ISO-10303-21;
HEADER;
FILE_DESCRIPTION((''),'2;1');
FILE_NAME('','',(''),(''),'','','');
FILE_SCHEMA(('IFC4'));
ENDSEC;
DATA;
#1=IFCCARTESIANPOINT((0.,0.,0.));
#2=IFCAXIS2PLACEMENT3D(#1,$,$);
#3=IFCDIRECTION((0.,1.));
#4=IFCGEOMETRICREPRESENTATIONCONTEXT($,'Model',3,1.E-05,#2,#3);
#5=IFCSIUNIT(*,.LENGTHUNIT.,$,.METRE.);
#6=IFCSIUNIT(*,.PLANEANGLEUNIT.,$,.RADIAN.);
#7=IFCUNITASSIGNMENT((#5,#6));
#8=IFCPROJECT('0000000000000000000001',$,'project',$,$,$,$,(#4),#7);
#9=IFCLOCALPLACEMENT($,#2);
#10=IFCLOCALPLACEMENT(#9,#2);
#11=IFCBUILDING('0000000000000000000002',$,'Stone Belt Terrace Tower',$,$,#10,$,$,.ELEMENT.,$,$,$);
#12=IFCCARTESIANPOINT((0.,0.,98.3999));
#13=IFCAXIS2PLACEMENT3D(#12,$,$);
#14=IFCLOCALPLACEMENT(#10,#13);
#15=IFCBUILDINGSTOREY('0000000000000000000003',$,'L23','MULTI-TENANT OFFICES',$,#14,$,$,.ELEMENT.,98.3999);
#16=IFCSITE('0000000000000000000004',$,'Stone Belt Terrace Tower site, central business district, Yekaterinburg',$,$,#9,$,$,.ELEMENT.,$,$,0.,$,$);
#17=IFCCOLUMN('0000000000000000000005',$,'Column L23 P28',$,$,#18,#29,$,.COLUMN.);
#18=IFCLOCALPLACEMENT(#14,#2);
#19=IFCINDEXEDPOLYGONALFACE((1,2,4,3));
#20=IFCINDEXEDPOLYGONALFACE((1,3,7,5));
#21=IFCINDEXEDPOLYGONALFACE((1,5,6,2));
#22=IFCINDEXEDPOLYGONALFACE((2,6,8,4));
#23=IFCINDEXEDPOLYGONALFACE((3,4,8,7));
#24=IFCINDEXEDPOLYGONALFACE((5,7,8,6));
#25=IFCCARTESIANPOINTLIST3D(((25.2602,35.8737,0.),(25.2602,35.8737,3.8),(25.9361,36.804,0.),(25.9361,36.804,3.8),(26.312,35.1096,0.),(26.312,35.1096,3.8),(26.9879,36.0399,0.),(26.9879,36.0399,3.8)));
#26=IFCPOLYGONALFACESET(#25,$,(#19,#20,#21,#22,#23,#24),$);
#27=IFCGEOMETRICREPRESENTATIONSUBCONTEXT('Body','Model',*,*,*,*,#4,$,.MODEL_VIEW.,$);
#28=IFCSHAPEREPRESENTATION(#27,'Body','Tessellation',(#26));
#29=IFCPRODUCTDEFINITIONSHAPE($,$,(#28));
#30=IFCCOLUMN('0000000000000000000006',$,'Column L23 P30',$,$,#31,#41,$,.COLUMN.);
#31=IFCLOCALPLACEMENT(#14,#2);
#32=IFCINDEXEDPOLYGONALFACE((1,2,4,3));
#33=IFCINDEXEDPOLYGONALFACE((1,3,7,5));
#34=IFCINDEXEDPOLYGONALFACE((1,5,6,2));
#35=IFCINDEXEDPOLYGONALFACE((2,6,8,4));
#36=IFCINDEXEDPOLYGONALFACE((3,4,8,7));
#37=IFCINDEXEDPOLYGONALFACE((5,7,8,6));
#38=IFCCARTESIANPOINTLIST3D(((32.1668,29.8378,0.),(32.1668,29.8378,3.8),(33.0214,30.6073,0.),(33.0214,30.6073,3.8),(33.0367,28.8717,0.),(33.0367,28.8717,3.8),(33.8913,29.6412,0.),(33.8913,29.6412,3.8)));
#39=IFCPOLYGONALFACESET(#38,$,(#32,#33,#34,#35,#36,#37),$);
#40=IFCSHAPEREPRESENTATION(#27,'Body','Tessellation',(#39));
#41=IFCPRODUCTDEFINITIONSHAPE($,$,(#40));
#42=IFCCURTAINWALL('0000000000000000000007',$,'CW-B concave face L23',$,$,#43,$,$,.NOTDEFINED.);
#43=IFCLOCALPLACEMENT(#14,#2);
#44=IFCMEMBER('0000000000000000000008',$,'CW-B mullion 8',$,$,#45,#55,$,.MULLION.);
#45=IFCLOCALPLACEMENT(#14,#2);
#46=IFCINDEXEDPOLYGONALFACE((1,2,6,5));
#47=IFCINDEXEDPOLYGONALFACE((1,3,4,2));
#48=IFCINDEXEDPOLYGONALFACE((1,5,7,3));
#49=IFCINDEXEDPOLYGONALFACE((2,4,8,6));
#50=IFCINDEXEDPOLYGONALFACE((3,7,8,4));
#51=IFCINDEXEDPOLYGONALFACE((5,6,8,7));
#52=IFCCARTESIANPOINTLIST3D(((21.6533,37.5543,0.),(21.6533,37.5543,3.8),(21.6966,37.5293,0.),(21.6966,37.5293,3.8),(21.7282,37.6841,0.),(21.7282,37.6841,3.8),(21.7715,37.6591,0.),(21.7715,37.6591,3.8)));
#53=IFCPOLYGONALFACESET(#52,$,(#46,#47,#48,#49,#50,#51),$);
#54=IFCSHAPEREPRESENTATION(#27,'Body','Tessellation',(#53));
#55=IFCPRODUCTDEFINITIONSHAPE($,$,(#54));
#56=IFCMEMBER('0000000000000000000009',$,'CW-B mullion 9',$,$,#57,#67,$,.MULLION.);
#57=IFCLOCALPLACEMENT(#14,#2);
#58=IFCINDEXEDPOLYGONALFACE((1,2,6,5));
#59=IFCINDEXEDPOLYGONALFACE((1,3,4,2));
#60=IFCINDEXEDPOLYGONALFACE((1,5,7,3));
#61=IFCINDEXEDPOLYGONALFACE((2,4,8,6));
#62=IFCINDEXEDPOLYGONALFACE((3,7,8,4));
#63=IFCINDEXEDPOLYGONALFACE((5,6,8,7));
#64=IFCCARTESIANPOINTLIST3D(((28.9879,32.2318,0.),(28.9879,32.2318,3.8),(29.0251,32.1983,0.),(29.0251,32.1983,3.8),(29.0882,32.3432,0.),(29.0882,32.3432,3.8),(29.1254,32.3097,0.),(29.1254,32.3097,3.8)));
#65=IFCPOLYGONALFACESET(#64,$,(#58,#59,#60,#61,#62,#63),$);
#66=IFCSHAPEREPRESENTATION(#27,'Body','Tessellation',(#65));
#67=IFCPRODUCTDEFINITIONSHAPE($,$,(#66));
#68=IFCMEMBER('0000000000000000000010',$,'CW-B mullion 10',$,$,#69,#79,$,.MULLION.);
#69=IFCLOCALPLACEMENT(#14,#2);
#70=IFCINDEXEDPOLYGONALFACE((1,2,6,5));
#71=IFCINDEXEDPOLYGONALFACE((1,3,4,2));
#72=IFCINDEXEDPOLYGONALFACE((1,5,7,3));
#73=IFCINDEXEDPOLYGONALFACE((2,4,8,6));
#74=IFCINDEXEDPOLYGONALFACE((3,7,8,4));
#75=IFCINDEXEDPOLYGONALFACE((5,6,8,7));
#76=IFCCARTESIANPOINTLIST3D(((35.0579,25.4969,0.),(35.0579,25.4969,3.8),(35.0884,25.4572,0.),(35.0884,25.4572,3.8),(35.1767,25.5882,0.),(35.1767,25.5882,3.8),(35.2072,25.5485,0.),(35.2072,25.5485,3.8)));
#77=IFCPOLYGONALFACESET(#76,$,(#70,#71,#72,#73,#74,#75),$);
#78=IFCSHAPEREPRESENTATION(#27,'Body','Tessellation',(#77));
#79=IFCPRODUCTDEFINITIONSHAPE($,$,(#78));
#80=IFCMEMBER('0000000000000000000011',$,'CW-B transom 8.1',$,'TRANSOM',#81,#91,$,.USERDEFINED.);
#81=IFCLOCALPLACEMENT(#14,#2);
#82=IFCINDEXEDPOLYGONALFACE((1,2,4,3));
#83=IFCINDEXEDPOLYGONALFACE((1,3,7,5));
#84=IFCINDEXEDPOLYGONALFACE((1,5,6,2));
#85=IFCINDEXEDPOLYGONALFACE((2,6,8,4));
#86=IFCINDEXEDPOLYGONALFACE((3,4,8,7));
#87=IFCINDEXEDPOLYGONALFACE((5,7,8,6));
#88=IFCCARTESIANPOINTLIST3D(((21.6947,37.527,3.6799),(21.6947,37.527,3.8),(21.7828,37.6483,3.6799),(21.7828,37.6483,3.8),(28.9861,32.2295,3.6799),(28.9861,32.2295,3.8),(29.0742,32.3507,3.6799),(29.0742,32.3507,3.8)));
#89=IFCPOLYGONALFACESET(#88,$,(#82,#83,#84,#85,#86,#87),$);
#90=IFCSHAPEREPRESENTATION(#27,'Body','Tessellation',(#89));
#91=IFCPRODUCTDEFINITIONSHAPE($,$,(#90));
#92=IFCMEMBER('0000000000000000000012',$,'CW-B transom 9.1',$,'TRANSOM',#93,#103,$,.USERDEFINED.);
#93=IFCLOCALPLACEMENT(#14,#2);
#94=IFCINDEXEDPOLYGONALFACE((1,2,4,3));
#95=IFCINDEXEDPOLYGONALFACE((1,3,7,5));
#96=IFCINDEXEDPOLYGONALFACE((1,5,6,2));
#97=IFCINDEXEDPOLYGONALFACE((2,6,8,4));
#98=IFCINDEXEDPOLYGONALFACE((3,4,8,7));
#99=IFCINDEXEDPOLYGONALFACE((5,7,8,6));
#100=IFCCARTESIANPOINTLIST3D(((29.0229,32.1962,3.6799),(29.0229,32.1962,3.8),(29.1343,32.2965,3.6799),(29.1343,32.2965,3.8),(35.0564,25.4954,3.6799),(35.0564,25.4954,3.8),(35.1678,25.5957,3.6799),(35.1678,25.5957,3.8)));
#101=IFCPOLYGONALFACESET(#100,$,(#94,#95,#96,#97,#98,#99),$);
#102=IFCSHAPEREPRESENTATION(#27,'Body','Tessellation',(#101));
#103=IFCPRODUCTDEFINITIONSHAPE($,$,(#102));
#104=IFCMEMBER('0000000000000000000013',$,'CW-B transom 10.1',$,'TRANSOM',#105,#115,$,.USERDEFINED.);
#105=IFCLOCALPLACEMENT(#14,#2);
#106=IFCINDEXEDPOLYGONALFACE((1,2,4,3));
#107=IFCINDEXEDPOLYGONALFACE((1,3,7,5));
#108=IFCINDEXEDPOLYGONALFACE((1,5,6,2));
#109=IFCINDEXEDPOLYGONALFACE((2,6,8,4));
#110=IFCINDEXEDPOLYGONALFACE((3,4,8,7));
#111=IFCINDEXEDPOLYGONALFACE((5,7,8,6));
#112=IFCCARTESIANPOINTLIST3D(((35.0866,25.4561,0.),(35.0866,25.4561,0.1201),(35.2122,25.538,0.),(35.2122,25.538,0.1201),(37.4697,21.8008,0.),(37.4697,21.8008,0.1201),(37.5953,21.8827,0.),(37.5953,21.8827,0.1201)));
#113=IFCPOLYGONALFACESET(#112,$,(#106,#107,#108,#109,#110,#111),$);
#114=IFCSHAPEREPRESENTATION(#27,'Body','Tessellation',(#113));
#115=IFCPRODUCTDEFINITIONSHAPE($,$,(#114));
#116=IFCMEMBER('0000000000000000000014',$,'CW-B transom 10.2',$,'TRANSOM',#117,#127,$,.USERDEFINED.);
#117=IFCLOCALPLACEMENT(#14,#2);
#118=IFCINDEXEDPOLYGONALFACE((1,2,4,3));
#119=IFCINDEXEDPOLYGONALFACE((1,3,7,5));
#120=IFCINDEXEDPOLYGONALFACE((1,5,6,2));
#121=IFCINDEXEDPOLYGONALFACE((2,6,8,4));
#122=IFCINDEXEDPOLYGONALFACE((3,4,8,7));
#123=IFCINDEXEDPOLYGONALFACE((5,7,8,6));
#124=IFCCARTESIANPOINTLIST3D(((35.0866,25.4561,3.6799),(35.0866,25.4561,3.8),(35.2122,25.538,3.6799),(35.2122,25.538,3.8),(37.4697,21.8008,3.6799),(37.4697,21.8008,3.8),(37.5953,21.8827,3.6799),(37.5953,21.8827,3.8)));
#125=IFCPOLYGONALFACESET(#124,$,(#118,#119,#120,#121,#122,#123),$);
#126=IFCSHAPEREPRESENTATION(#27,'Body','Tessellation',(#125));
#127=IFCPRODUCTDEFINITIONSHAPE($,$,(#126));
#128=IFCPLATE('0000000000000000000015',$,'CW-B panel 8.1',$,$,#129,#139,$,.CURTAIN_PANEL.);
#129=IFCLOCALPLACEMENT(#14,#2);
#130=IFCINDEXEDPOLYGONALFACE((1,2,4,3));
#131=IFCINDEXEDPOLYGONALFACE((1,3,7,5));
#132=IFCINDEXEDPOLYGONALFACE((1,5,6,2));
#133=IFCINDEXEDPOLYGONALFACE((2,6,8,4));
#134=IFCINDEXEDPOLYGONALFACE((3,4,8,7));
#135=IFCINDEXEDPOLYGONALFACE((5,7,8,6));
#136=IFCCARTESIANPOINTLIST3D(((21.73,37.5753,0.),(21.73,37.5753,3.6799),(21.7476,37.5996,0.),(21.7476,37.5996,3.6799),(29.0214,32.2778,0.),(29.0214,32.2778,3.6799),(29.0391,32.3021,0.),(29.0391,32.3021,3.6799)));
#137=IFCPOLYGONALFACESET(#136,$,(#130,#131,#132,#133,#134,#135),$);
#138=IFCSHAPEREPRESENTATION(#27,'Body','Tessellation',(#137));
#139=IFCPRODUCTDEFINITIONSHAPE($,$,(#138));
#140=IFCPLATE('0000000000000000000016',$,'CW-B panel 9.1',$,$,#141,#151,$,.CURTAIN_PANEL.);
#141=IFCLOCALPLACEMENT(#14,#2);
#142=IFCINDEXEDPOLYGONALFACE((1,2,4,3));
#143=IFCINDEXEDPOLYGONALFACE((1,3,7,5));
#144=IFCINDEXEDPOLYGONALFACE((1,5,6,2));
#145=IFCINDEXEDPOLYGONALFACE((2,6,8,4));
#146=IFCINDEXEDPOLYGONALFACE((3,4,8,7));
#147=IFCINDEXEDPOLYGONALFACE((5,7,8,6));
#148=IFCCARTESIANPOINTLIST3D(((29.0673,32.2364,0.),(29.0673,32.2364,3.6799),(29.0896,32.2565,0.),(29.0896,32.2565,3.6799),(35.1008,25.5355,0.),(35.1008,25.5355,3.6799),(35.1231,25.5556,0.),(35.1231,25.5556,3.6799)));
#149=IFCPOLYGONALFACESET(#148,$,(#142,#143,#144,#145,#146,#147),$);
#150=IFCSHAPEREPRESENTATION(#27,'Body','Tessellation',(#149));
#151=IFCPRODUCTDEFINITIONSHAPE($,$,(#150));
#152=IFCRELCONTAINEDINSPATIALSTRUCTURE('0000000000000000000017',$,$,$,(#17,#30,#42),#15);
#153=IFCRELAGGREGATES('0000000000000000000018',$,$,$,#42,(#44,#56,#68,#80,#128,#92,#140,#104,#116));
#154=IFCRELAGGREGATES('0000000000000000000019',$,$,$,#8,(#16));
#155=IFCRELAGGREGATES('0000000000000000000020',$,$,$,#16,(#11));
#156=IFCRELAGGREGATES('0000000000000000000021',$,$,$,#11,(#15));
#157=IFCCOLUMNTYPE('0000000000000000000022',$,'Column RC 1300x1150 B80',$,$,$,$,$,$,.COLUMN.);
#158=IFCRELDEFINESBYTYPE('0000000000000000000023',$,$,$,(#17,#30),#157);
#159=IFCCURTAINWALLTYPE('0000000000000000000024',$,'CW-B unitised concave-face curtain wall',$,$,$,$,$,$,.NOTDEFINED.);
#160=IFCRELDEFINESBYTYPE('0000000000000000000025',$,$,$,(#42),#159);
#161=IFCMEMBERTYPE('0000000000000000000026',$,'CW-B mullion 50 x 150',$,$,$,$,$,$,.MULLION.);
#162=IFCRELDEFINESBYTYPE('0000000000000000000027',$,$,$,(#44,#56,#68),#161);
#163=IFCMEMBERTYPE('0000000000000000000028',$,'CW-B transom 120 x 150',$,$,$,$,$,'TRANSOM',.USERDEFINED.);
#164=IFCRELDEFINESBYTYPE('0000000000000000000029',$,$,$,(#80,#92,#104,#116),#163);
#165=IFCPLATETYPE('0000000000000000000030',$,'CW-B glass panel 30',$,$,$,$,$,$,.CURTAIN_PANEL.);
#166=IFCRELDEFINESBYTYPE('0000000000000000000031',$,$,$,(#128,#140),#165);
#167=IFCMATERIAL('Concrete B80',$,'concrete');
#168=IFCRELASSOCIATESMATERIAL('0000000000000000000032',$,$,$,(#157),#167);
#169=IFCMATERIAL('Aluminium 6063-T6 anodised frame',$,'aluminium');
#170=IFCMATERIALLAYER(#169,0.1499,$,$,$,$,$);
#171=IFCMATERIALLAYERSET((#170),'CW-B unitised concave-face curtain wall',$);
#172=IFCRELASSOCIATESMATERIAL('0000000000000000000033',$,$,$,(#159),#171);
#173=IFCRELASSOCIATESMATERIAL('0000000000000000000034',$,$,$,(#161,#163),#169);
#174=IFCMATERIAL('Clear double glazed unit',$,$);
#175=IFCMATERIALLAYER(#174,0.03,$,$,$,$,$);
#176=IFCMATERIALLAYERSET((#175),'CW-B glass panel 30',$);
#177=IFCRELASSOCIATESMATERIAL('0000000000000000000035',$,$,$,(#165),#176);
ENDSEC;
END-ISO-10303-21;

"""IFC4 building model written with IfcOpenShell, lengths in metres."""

from ifc_helpers import new_model, si_unit, direction, frame, origin, origin_2d, place, context, subcontext, project, spatial, rectangle, extrude, material, layer, layer_set, material_profile, profile_set, type_object, element, aggregate, save


model = new_model("IFC4")

# Units and contexts
model_context = context("Model", 3, precision=1e-05, world=origin(), true_north=direction((0.0, 1.0)))
body_context = subcontext(model_context, "Body", "Model", "MODEL_VIEW")
ifc_project = project(units=[si_unit("LENGTHUNIT", "METRE"), si_unit("PLANEANGLEUNIT", "RADIAN")], contexts=[model_context])

# Site, building, storey
site_placement = place(None, origin())
site = spatial("IfcSite", under=ifc_project, at=site_placement, Name="Stone Belt Terrace Tower site, central business district, Yekaterinburg", CompositionType="ELEMENT", RefElevation=0.0)
building_placement = place(site_placement, origin())
building = spatial("IfcBuilding", under=site, at=building_placement, Name="Stone Belt Terrace Tower", CompositionType="ELEMENT")
storey_placement = place(building_placement, frame((0.0, 0.0, 98.3999)))
storey = spatial("IfcBuildingStorey", under=building, at=storey_placement, Name="L23", Description="MULTI-TENANT OFFICES", CompositionType="ELEMENT", Elevation=98.3999)

# Columns
ifc_material_1 = material(Name="Concrete B80", Category="concrete")
ifc_material_profile_1 = material_profile(ifc_material_1, rectangle(XDim=1.3, YDim=1.1499, at=origin_2d()), Name="RC 1300x1150")
ifc_profile_set_1 = profile_set([ifc_material_profile_1], Name="Concrete B80")
column_type = type_object("IfcColumnType", Name="Column RC 1300x1150 B80", PredefinedType="COLUMN", material=ifc_profile_set_1)
for number, where, z_axis, x_axis, name in (
    (1, (26.124, 35.9568, 0.0), (0.0, 0.0, 1.0), (0.809017, -0.587785, 0.0), "Column L23 P28"),
    (2, (33.0291, 29.7395, 0.0), (0.0, 0.0, 1.0), (0.669131, -0.743145, 0.0), "Column L23 P30"),
):
    element("IfcColumn", number, at=place(storey_placement, frame(where, z_axis=z_axis, x_axis=x_axis)), inside=storey, type_object=column_type, Name=name, PredefinedType="COLUMN", context=body_context, shape_type="SweptSolid", body=[
        extrude(rectangle(XDim=1.3, YDim=1.1499, at=origin_2d()), origin(), (0.0, 0.0, 1.0), 3.8),
    ])

# Curtain wall, members, plates
ifc_material_2 = material(Name="Aluminium 6063-T6 anodised frame", Category="aluminium")
ifc_layer_1 = layer(ifc_material_2, 0.1499)
ifc_layer_set_1 = layer_set([ifc_layer_1], Name="CW-B unitised concave-face curtain wall")
curtain_wall_type = type_object("IfcCurtainWallType", Name="CW-B unitised concave-face curtain wall", PredefinedType="NOTDEFINED", material=ifc_layer_set_1)
curtain_wall_placement = place(storey_placement, origin())
curtain_wall = element("IfcCurtainWall", 3, at=curtain_wall_placement, inside=storey, type_object=curtain_wall_type, Name="CW-B concave face L23", PredefinedType="NOTDEFINED")
ifc_material_profile_2 = material_profile(ifc_material_2, rectangle(XDim=0.1499, YDim=0.05, at=origin_2d()), Name="Aluminium 6063-T6 50x150")
ifc_profile_set_2 = profile_set([ifc_material_profile_2], Name="Aluminium 6063-T6 anodised frame")
member_type_1 = type_object("IfcMemberType", Name="CW-B mullion 50 x 150", PredefinedType="MULLION", material=ifc_profile_set_2)
member_1_placement = place(storey_placement, frame((21.7124, 37.6067, 0.0), z_axis=(0.0, 0.0, 1.0), x_axis=(0.5, 0.866025, 0.0)))
member_1 = element("IfcMember", 4, at=member_1_placement, type_object=member_type_1, Name="CW-B mullion 8", PredefinedType="MULLION", context=body_context, shape_type="SweptSolid", body=[
    extrude(rectangle(XDim=0.1499, YDim=0.05, at=origin_2d()), origin(), (0.0, 0.0, 1.0), 3.8),
])
member_2_placement = place(storey_placement, frame((29.0566, 32.2708, 0.0), z_axis=(0.0, 0.0, 1.0), x_axis=(0.669131, 0.743145, 0.0)))
member_2 = element("IfcMember", 5, at=member_2_placement, type_object=member_type_1, Name="CW-B mullion 9", PredefinedType="MULLION", context=body_context, shape_type="SweptSolid", body=[
    extrude(rectangle(XDim=0.1499, YDim=0.05, at=origin_2d()), origin(), (0.0, 0.0, 1.0), 3.8),
])
member_3_placement = place(storey_placement, frame((35.1326, 25.5227, 0.0), z_axis=(0.0, 0.0, 1.0), x_axis=(0.792811, 0.609468, 0.0)))
member_3 = element("IfcMember", 6, at=member_3_placement, type_object=member_type_1, Name="CW-B mullion 10", PredefinedType="MULLION", context=body_context, shape_type="SweptSolid", body=[
    extrude(rectangle(XDim=0.1499, YDim=0.05, at=origin_2d()), origin(), (0.0, 0.0, 1.0), 3.8),
])
ifc_material_profile_3 = material_profile(ifc_material_2, rectangle(XDim=0.1499, YDim=0.1201, at=origin_2d()), Name="Aluminium 6063-T6 150x120")
ifc_profile_set_3 = profile_set([ifc_material_profile_3], Name="Aluminium 6063-T6 anodised frame")
member_type_2 = type_object("IfcMemberType", Name="CW-B transom 120 x 150", ElementType="TRANSOM", PredefinedType="USERDEFINED", material=ifc_profile_set_3)
member_4_placement = place(storey_placement, frame((21.7388, 37.5876, 3.74), z_axis=(0.809016, -0.587787, 0.0), x_axis=(0.587787, 0.809016, 0.0)))
member_4 = element("IfcMember", 7, at=member_4_placement, type_object=member_type_2, Name="CW-B transom 8.1", ObjectType="TRANSOM", PredefinedType="USERDEFINED", context=body_context, shape_type="SweptSolid", body=[
    extrude(rectangle(XDim=0.1499, YDim=0.1201, at=origin_2d()), origin(), (0.0, 0.0, 1.0), 9.0127),
])
member_5_placement = place(storey_placement, frame((29.0786, 32.2463, 3.74), z_axis=(0.669138, -0.743138, 0.0), x_axis=(0.743138, 0.669138, 0.0)))
member_5 = element("IfcMember", 8, at=member_5_placement, type_object=member_type_2, Name="CW-B transom 9.1", ObjectType="TRANSOM", PredefinedType="USERDEFINED", context=body_context, shape_type="SweptSolid", body=[
    extrude(rectangle(XDim=0.1499, YDim=0.1201, at=origin_2d()), origin(), (0.0, 0.0, 1.0), 9.0168),
])
member_6_placement = place(storey_placement, frame((35.1494, 25.4971, 0.0601), z_axis=(0.546136, -0.837696, 0.0), x_axis=(0.837696, 0.546136, 0.0)))
member_6 = element("IfcMember", 9, at=member_6_placement, type_object=member_type_2, Name="CW-B transom 10.1", ObjectType="TRANSOM", PredefinedType="USERDEFINED", context=body_context, shape_type="SweptSolid", body=[
    extrude(rectangle(XDim=0.1499, YDim=0.1201, at=origin_2d()), origin(), (0.0, 0.0, 1.0), 4.3635),
])
member_7_placement = place(storey_placement, frame((35.1494, 25.4971, 3.74), z_axis=(0.546136, -0.837696, 0.0), x_axis=(0.837696, 0.546136, 0.0)))
member_7 = element("IfcMember", 10, at=member_7_placement, type_object=member_type_2, Name="CW-B transom 10.2", ObjectType="TRANSOM", PredefinedType="USERDEFINED", context=body_context, shape_type="SweptSolid", body=[
    extrude(rectangle(XDim=0.1499, YDim=0.1201, at=origin_2d()), origin(), (0.0, 0.0, 1.0), 4.3635),
])
ifc_material_3 = material(Name="Clear double glazed unit")
ifc_layer_2 = layer(ifc_material_3, 0.03)
ifc_layer_set_2 = layer_set([ifc_layer_2], Name="CW-B glass panel 30")
plate_type = type_object("IfcPlateType", Name="CW-B glass panel 30", PredefinedType="CURTAIN_PANEL", material=ifc_layer_set_2)
plate_1_placement = place(storey_placement, frame((25.3845, 34.9387, 0.0), z_axis=(0.0, 0.0, 1.0), x_axis=(0.809017, -0.587785, 0.0)))
plate_1 = element("IfcPlate", 11, at=plate_1_placement, type_object=plate_type, Name="CW-B panel 8.1", PredefinedType="CURTAIN_PANEL", context=body_context, shape_type="SweptSolid", body=[
    extrude(rectangle(XDim=9.0127, YDim=0.03, at=origin_2d()), origin(), (0.0, 0.0, 1.0), 3.6799),
])
plate_2_placement = place(storey_placement, frame((32.0952, 28.896, 0.0), z_axis=(0.0, 0.0, 1.0), x_axis=(0.669131, -0.743145, 0.0)))
plate_2 = element("IfcPlate", 12, at=plate_2_placement, type_object=plate_type, Name="CW-B panel 9.1", PredefinedType="CURTAIN_PANEL", context=body_context, shape_type="SweptSolid", body=[
    extrude(rectangle(XDim=9.0168, YDim=0.03, at=origin_2d()), origin(), (0.0, 0.0, 1.0), 3.6799),
])
aggregate(curtain_wall, [member_1, member_2, member_3, member_4, plate_1, member_5, plate_2, member_6, member_7])

save(model, "model.ifc")
